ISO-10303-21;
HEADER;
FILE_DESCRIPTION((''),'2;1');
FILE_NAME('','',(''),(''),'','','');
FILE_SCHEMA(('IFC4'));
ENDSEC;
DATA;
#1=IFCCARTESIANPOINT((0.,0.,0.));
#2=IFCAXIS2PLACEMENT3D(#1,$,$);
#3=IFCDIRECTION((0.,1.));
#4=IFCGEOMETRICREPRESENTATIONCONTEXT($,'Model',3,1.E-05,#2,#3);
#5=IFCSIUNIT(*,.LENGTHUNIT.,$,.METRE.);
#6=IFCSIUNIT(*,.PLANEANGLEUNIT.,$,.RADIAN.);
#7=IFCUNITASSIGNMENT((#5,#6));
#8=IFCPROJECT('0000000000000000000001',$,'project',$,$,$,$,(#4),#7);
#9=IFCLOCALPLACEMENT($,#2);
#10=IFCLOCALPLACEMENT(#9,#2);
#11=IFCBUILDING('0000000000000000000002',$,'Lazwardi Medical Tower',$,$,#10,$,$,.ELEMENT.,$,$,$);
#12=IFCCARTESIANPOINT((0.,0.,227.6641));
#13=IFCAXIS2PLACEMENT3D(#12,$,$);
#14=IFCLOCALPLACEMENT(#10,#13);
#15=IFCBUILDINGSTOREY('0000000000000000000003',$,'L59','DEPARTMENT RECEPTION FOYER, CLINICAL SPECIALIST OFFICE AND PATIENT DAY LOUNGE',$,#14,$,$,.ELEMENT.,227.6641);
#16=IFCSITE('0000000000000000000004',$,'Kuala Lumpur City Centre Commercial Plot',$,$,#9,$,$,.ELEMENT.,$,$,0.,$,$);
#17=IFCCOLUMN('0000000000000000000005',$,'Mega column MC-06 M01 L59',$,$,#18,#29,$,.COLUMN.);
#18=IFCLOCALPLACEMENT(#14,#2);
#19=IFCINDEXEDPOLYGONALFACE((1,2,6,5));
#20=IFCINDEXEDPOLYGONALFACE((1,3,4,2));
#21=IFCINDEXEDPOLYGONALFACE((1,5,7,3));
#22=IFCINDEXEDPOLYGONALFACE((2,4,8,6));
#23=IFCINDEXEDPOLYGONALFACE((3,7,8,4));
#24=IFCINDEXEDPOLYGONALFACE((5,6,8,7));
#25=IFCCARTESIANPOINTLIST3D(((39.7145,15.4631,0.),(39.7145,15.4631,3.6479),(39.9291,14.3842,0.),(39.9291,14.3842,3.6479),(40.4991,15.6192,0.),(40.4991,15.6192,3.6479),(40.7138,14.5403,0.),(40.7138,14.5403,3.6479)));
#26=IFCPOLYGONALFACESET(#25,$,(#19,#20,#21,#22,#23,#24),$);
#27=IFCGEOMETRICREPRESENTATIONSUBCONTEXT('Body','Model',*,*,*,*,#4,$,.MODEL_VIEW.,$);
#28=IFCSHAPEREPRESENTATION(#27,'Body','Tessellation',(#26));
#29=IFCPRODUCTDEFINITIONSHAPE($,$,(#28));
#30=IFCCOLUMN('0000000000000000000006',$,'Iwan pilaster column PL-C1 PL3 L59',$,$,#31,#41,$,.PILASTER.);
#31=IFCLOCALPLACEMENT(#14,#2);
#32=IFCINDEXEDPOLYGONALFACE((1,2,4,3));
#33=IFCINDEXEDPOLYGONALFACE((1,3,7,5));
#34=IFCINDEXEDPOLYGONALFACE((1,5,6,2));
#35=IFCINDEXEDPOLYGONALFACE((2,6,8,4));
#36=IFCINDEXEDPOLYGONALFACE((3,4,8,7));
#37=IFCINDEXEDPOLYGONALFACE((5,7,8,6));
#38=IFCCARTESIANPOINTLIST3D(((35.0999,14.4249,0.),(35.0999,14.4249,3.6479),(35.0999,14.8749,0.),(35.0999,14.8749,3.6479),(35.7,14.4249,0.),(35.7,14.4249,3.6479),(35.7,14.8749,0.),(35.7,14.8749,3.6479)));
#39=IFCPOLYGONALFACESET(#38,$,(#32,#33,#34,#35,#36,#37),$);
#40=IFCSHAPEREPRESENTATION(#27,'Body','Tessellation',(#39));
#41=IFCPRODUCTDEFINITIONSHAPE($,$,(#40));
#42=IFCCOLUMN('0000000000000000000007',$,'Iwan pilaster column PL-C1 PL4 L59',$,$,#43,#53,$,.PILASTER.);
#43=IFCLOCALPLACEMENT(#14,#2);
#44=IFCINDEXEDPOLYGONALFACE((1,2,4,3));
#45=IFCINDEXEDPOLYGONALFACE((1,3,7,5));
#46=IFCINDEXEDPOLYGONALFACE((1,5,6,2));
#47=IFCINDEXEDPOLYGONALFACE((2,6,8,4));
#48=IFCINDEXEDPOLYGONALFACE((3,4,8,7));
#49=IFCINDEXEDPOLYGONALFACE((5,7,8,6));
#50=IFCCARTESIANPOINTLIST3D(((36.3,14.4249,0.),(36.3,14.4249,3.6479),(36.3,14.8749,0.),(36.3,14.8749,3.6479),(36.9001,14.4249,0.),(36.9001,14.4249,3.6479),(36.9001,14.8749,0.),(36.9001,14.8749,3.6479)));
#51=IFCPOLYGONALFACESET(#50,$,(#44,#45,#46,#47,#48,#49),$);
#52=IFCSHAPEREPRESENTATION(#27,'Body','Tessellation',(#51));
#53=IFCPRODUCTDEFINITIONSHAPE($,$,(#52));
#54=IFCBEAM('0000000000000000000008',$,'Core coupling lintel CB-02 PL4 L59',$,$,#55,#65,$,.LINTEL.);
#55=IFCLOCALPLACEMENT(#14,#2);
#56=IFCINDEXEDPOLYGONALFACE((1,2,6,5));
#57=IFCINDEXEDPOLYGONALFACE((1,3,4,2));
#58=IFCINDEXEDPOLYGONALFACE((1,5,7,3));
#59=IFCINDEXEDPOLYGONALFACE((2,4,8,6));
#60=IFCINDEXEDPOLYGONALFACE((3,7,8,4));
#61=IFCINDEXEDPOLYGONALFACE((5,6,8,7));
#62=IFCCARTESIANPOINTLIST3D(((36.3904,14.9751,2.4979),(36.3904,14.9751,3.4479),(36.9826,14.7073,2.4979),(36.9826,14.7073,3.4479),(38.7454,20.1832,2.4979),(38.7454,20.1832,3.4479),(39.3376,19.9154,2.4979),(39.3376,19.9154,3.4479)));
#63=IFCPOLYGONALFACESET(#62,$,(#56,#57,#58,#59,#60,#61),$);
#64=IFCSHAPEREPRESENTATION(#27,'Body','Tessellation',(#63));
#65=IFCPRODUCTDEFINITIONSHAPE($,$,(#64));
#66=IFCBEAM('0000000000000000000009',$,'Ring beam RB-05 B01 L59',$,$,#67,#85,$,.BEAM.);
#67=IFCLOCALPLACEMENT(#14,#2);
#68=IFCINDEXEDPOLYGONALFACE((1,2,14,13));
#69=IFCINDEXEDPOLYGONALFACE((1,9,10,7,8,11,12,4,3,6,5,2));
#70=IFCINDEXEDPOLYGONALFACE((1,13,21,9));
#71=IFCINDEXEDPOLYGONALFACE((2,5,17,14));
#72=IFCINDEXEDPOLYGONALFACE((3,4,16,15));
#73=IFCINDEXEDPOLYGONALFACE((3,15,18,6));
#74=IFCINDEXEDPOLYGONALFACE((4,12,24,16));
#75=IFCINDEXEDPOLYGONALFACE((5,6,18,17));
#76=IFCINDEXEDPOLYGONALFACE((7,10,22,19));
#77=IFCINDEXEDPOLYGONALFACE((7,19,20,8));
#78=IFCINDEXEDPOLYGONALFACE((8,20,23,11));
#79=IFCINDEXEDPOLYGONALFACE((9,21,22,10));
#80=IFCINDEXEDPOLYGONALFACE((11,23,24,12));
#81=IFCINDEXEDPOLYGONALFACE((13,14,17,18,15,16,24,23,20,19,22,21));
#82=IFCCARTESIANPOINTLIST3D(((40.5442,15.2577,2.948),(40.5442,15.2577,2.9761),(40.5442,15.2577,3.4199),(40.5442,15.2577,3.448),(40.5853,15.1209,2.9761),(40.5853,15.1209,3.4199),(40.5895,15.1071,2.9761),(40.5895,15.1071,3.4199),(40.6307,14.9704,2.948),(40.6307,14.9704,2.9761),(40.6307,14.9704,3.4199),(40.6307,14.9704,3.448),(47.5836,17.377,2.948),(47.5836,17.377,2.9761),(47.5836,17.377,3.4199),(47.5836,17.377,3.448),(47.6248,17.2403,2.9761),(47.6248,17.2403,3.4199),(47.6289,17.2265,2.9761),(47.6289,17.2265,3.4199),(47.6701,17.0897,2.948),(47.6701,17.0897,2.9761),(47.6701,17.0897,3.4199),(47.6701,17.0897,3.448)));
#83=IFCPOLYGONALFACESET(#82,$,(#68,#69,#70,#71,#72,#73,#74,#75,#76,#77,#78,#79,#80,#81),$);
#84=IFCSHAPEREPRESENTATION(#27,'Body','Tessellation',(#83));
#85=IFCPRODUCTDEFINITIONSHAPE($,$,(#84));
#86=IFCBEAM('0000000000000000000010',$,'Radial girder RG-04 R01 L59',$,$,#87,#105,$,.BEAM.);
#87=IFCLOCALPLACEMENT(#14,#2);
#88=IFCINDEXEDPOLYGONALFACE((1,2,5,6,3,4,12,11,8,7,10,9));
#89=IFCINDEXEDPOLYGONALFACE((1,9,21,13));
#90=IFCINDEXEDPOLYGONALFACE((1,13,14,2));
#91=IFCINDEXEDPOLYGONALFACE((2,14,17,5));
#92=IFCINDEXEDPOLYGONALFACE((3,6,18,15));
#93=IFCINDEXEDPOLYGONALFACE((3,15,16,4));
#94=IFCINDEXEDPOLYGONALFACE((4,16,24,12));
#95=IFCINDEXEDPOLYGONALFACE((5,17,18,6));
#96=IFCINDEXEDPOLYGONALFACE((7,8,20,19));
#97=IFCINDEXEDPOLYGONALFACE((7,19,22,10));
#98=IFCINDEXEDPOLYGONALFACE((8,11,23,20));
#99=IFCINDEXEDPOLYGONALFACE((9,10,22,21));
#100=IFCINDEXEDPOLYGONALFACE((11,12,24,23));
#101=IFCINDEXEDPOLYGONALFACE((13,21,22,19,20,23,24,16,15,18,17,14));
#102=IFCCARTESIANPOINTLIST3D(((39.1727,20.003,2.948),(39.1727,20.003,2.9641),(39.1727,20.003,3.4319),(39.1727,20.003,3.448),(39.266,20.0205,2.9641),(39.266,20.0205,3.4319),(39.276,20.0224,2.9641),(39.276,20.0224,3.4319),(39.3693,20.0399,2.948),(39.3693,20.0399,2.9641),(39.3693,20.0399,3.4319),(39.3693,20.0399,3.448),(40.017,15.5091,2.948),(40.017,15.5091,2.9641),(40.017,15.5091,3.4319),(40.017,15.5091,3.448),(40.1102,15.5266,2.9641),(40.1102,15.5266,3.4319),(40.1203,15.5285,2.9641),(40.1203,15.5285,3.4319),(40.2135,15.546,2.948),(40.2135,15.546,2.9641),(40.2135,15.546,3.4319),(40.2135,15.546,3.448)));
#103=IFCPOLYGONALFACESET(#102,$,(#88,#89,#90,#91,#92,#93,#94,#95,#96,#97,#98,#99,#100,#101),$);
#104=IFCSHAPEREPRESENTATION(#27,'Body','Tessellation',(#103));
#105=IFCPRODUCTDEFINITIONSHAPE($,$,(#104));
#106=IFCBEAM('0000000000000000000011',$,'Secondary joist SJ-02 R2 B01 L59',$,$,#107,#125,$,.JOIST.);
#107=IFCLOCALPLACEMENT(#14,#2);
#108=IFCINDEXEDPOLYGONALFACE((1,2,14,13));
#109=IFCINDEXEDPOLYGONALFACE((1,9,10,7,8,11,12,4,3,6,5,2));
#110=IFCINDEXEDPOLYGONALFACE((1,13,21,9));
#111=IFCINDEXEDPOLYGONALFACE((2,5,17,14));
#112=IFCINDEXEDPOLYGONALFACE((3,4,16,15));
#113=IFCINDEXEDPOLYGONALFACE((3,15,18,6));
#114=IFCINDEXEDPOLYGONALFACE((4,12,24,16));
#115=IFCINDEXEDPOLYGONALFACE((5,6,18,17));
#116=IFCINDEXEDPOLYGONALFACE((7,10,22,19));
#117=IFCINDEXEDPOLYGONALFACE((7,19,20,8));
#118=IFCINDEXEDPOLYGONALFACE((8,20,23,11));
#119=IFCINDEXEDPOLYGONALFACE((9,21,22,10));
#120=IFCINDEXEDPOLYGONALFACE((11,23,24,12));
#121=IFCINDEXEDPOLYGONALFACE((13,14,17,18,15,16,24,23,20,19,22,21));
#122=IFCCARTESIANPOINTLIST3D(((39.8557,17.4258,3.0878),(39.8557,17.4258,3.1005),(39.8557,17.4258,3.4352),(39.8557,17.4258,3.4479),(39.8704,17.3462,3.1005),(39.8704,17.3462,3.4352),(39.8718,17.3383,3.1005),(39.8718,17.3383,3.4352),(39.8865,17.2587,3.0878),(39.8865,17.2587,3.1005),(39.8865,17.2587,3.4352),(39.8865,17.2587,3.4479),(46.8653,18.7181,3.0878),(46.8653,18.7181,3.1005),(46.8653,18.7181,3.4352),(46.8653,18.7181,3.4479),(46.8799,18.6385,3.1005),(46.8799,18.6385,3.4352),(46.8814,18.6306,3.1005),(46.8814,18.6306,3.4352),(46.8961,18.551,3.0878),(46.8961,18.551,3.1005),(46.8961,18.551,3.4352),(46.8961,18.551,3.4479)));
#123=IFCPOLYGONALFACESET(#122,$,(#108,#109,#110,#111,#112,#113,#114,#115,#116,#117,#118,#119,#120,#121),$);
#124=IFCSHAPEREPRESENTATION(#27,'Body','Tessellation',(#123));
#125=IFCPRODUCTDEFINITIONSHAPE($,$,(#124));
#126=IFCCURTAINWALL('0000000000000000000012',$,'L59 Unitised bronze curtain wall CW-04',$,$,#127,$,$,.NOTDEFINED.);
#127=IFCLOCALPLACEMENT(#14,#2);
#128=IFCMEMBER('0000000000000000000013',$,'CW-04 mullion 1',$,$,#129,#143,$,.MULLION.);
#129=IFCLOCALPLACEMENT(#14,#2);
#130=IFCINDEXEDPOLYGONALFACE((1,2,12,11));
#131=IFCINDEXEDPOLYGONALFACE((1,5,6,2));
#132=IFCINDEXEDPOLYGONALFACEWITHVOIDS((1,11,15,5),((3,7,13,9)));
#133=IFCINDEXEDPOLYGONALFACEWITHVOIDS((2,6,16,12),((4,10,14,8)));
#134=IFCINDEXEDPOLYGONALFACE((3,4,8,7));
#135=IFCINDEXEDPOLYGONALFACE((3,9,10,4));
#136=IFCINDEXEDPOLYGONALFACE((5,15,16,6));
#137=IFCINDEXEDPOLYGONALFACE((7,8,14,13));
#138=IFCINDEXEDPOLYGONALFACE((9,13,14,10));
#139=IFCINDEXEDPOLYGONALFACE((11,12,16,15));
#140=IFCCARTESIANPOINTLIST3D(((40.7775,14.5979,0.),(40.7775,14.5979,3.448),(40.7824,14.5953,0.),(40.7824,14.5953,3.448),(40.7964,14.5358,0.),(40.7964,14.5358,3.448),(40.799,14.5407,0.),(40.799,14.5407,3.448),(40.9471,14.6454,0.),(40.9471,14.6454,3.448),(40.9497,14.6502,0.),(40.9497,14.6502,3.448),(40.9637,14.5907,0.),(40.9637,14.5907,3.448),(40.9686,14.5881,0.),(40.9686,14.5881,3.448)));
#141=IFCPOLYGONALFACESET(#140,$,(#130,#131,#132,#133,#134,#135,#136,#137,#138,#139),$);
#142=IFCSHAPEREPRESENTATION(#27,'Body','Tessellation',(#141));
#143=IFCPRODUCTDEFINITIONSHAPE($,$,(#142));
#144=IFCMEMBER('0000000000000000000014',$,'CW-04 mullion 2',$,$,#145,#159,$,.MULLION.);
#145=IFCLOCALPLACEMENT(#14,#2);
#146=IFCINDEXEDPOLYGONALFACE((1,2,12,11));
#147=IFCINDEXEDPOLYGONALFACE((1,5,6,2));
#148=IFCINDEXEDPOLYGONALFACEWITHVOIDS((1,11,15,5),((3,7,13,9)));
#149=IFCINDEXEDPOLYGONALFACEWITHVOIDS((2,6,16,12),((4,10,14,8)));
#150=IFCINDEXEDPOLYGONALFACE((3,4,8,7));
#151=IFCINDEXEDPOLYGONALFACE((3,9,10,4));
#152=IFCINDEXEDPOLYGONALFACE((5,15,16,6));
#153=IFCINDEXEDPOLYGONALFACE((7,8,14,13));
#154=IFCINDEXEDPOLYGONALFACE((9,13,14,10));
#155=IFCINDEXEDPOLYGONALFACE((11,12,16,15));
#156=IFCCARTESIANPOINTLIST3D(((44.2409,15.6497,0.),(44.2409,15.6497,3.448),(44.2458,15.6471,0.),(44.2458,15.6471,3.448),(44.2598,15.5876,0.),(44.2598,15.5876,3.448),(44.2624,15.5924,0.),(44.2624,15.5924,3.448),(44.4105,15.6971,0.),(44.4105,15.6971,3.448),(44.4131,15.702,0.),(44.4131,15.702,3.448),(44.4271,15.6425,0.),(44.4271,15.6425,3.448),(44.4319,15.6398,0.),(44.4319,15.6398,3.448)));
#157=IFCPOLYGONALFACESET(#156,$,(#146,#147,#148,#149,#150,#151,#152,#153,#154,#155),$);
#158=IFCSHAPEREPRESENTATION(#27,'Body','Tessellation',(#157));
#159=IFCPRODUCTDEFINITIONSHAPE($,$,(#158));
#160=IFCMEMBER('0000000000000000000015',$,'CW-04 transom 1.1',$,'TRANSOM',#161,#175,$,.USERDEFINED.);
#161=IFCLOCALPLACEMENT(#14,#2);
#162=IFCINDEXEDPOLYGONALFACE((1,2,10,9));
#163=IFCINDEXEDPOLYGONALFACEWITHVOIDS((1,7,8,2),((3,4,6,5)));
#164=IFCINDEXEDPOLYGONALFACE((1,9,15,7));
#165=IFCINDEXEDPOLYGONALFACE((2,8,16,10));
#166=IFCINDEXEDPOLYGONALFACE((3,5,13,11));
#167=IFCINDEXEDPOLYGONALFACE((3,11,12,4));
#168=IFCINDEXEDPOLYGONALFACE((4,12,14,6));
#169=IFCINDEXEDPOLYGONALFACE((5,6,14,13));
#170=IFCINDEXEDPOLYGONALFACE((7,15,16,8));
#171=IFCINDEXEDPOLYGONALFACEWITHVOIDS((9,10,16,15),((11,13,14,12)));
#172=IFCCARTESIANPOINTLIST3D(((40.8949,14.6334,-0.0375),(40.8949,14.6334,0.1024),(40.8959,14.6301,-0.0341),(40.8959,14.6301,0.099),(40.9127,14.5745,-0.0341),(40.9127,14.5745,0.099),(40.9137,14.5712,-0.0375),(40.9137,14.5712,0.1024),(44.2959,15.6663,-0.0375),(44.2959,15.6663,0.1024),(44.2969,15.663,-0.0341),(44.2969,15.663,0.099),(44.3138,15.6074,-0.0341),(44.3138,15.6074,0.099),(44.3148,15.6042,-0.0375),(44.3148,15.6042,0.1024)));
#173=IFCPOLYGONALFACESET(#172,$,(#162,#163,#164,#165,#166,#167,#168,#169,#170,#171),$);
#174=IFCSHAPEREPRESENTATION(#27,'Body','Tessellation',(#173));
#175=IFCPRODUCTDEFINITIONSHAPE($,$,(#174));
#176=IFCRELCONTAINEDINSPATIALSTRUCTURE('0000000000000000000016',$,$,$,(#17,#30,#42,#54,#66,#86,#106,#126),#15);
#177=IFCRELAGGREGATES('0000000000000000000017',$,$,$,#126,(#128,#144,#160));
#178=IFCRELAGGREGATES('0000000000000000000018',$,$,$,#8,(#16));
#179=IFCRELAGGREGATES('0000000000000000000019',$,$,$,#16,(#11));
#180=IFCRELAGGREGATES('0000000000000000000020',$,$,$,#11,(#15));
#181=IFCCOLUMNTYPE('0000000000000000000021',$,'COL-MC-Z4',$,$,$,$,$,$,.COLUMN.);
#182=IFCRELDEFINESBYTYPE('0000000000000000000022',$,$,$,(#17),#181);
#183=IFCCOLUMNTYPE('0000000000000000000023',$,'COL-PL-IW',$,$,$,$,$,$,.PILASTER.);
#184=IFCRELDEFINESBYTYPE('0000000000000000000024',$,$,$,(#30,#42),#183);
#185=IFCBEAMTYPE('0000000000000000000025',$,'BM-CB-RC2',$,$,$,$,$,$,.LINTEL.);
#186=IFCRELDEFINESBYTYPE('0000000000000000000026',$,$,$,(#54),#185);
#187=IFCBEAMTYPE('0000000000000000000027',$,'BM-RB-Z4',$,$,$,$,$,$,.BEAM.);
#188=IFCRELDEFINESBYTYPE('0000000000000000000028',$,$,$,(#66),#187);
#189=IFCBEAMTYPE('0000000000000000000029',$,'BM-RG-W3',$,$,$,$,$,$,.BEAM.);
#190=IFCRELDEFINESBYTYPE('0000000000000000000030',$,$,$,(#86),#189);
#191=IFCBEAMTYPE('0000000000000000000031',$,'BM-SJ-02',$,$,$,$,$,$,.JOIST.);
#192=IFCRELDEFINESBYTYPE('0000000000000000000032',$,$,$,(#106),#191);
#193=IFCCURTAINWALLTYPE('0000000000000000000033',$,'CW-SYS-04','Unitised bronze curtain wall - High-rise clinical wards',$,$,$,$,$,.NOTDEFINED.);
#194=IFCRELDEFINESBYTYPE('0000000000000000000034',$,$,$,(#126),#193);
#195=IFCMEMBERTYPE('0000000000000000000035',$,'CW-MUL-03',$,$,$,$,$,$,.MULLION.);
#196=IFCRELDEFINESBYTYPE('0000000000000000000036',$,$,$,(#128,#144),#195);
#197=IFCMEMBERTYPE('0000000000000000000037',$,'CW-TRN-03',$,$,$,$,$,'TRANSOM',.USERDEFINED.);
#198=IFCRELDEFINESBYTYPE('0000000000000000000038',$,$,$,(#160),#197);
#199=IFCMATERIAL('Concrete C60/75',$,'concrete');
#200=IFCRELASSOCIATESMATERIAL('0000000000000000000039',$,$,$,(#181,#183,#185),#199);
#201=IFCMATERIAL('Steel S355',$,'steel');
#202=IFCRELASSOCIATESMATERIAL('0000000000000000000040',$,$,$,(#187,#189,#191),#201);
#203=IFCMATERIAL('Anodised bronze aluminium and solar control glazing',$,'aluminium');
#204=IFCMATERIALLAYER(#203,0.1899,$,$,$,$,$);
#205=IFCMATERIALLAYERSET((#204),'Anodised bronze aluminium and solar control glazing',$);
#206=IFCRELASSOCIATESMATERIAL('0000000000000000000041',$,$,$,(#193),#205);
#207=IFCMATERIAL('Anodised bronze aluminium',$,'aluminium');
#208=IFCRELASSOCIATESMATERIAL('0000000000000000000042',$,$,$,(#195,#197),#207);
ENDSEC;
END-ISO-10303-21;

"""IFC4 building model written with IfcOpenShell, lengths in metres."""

from ifc_helpers import new_model, si_unit, direction, frame, origin, origin_2d, place, context, subcontext, project, spatial, rectangle, hollow_rectangle, i_section, extrude, material, layer, layer_set, material_profile, profile_set, type_object, element, aggregate, save


model = new_model("IFC4")

# Units and contexts
model_context = context("Model", 3, precision=1e-05, world=origin(), true_north=direction((0.0, 1.0)))
body_context = subcontext(model_context, "Body", "Model", "MODEL_VIEW")
ifc_project = project(units=[si_unit("LENGTHUNIT", "METRE"), si_unit("PLANEANGLEUNIT", "RADIAN")], contexts=[model_context])

# Site, building, storey
site_placement = place(None, origin())
site = spatial("IfcSite", under=ifc_project, at=site_placement, Name="Kuala Lumpur City Centre Commercial Plot", CompositionType="ELEMENT", RefElevation=0.0)
building_placement = place(site_placement, origin())
building = spatial("IfcBuilding", under=site, at=building_placement, Name="Lazwardi Medical Tower", CompositionType="ELEMENT")
storey_placement = place(building_placement, frame((0.0, 0.0, 227.6641)))
storey = spatial("IfcBuildingStorey", under=building, at=storey_placement, Name="L59", Description="DEPARTMENT RECEPTION FOYER, CLINICAL SPECIALIST OFFICE AND PATIENT DAY LOUNGE", CompositionType="ELEMENT", Elevation=227.6641)

# Columns
ifc_material_1 = material(Name="Concrete C60/75", Category="concrete")
ifc_material_profile_1 = material_profile(ifc_material_1, rectangle(XDim=1.1001, YDim=0.8, at=origin_2d()), Name="CFT-RECT 1100x800")
ifc_profile_set_1 = profile_set([ifc_material_profile_1], Name="Concrete C60/75")
column_type_1 = type_object("IfcColumnType", Name="COL-MC-Z4", PredefinedType="COLUMN", material=ifc_profile_set_1)
column_placement = place(storey_placement, frame((40.2141, 15.0017, 0.0), z_axis=(0.0, 0.0, 1.0), x_axis=(0.19509, -0.980785, 0.0)))
element("IfcColumn", 1, at=column_placement, inside=storey, type_object=column_type_1, Name="Mega column MC-06 M01 L59", PredefinedType="COLUMN", context=body_context, shape_type="SweptSolid", body=[
    extrude(rectangle(XDim=1.1001, YDim=0.8, at=origin_2d()), origin(), (0.0, 0.0, 1.0), 3.6479),
])
ifc_material_profile_2 = material_profile(ifc_material_1, rectangle(XDim=0.6001, YDim=0.45, at=origin_2d()), Name="RC 600x450")
ifc_profile_set_2 = profile_set([ifc_material_profile_2], Name="Concrete C60/75")
column_type_2 = type_object("IfcColumnType", Name="COL-PL-IW", PredefinedType="PILASTER", material=ifc_profile_set_2)
for number, where, z_axis, x_axis, name in (
    (2, (35.3999, 14.6499, 0.0), (0.0, 0.0, 1.0), (1.0, 0.0, 0.0), "Iwan pilaster column PL-C1 PL3 L59"),
    (3, (36.6001, 14.6499, 0.0), (0.0, 0.0, 1.0), (1.0, 0.0, 0.0), "Iwan pilaster column PL-C1 PL4 L59"),
):
    element("IfcColumn", number, at=place(storey_placement, frame(where, z_axis=z_axis, x_axis=x_axis)), inside=storey, type_object=column_type_2, Name=name, PredefinedType="PILASTER", context=body_context, shape_type="SweptSolid", body=[
        extrude(rectangle(XDim=0.6001, YDim=0.45, at=origin_2d()), origin(), (0.0, 0.0, 1.0), 3.6479),
    ])

# Beams
ifc_material_profile_3 = material_profile(ifc_material_1, rectangle(XDim=0.6499, YDim=0.95, at=origin_2d()), Name="RC 650x950")
ifc_profile_set_3 = profile_set([ifc_material_profile_3], Name="Concrete C60/75")
beam_type_1 = type_object("IfcBeamType", Name="BM-CB-RC2", PredefinedType="LINTEL", material=ifc_profile_set_3)
beam_1_placement = place(storey_placement, frame((39.0415, 20.0493, 2.9729), z_axis=(-0.412019, -0.911175, 0.0), x_axis=(0.911175, -0.412019, 0.0)))
element("IfcBeam", 4, at=beam_1_placement, inside=storey, type_object=beam_type_1, Name="Core coupling lintel CB-02 PL4 L59", PredefinedType="LINTEL", context=body_context, shape_type="SweptSolid", body=[
    extrude(rectangle(XDim=0.6499, YDim=0.95, at=origin_2d()), origin(), (0.0, 0.0, 1.0), 5.7158),
])
ifc_material_2 = material(Name="Steel S355", Category="steel")
ifc_material_profile_4 = material_profile(ifc_material_2, i_section(OverallWidth=0.3, OverallDepth=0.5, WebThickness=0.0144, FlangeThickness=0.0281, at=origin_2d()), Name="HEB 500")
ifc_profile_set_4 = profile_set([ifc_material_profile_4], Name="Steel S355")
beam_type_2 = type_object("IfcBeamType", Name="BM-RB-Z4", PredefinedType="BEAM", material=ifc_profile_set_4)
beam_2_placement = place(storey_placement, frame((40.5874, 15.114, 3.198), z_axis=(0.957544, 0.288286, 0.0), x_axis=(-0.288286, 0.957544, 0.0)))
element("IfcBeam", 5, at=beam_2_placement, inside=storey, type_object=beam_type_2, Name="Ring beam RB-05 B01 L59", PredefinedType="BEAM", context=body_context, shape_type="SweptSolid", body=[
    extrude(i_section(OverallWidth=0.3, OverallDepth=0.5, WebThickness=0.0144, FlangeThickness=0.0281, at=origin_2d()), origin(), (0.0, 0.0, 1.0), 7.3516),
])
ifc_material_profile_5 = material_profile(ifc_material_2, i_section(OverallWidth=0.2, OverallDepth=0.5, WebThickness=0.0103, FlangeThickness=0.0161, at=origin_2d()), Name="IPE 500")
ifc_profile_set_5 = profile_set([ifc_material_profile_5], Name="Steel S355")
beam_type_3 = type_object("IfcBeamType", Name="BM-RG-W3", PredefinedType="BEAM", material=ifc_profile_set_5)
beam_3_placement = place(storey_placement, frame((40.1152, 15.5276, 3.198), z_axis=(-0.184633, 0.982807, 0.0), x_axis=(-0.982807, -0.184633, 0.0)))
element("IfcBeam", 6, at=beam_3_placement, inside=storey, type_object=beam_type_3, Name="Radial girder RG-04 R01 L59", PredefinedType="BEAM", context=body_context, shape_type="SweptSolid", body=[
    extrude(i_section(OverallWidth=0.2, OverallDepth=0.5, WebThickness=0.0103, FlangeThickness=0.0161, at=origin_2d()), origin(), (0.0, 0.0, 1.0), 4.5725),
])
ifc_material_profile_6 = material_profile(ifc_material_2, i_section(OverallWidth=0.1699, OverallDepth=0.3601, WebThickness=0.0081, FlangeThickness=0.0127, at=origin_2d()), Name="IPE 360")
ifc_profile_set_6 = profile_set([ifc_material_profile_6], Name="Steel S355")
beam_type_4 = type_object("IfcBeamType", Name="BM-SJ-02", PredefinedType="JOIST", material=ifc_profile_set_6)
beam_4_placement = place(storey_placement, frame((39.8711, 17.3423, 3.2678), z_axis=(0.983428, 0.181299, 0.0), x_axis=(-0.181299, 0.983428, 0.0)))
element("IfcBeam", 7, at=beam_4_placement, inside=storey, type_object=beam_type_4, Name="Secondary joist SJ-02 R2 B01 L59", PredefinedType="JOIST", context=body_context, shape_type="SweptSolid", body=[
    extrude(i_section(OverallWidth=0.1699, OverallDepth=0.3601, WebThickness=0.0081, FlangeThickness=0.0127, at=origin_2d()), origin(), (0.0, 0.0, 1.0), 7.1277),
])

# Curtain wall, members
ifc_material_3 = material(Name="Anodised bronze aluminium and solar control glazing", Category="aluminium")
ifc_layer_1 = layer(ifc_material_3, 0.1899)
ifc_layer_set_1 = layer_set([ifc_layer_1], Name="Anodised bronze aluminium and solar control glazing")
curtain_wall_type = type_object("IfcCurtainWallType", Name="CW-SYS-04", Description="Unitised bronze curtain wall - High-rise clinical wards", PredefinedType="NOTDEFINED", material=ifc_layer_set_1)
curtain_wall_placement = place(storey_placement, origin())
curtain_wall = element("IfcCurtainWall", 8, at=curtain_wall_placement, inside=storey, type_object=curtain_wall_type, Name="L59 Unitised bronze curtain wall CW-04", PredefinedType="NOTDEFINED")
ifc_material_4 = material(Name="Anodised bronze aluminium", Category="aluminium")
ifc_material_profile_7 = material_profile(ifc_material_4, hollow_rectangle(XDim=0.0649, YDim=0.1799, WallThickness=0.0039, at=origin_2d()), Name="ALU-MULLION 180x65x4")
ifc_profile_set_7 = profile_set([ifc_material_profile_7], Name="Anodised bronze aluminium")
member_type_1 = type_object("IfcMemberType", Name="CW-MUL-03", PredefinedType="MULLION", material=ifc_profile_set_7)
member_1_placement = place(storey_placement, frame((40.873, 14.593, 0.0), z_axis=(0.0, 0.0, 1.0), x_axis=(-0.290582, 0.95685, 0.0)))
member_1 = element("IfcMember", 9, at=member_1_placement, type_object=member_type_1, Name="CW-04 mullion 1", PredefinedType="MULLION", context=body_context, shape_type="SweptSolid", body=[
    extrude(hollow_rectangle(XDim=0.0649, YDim=0.1799, WallThickness=0.0039, at=origin_2d()), origin(), (0.0, 0.0, 1.0), 3.448),
])
member_2_placement = place(storey_placement, frame((44.3364, 15.6448, 0.0), z_axis=(0.0, 0.0, 1.0), x_axis=(-0.290582, 0.95685, 0.0)))
member_2 = element("IfcMember", 10, at=member_2_placement, type_object=member_type_1, Name="CW-04 mullion 2", PredefinedType="MULLION", context=body_context, shape_type="SweptSolid", body=[
    extrude(hollow_rectangle(XDim=0.0649, YDim=0.1799, WallThickness=0.0039, at=origin_2d()), origin(), (0.0, 0.0, 1.0), 3.448),
])
ifc_material_profile_8 = material_profile(ifc_material_4, hollow_rectangle(XDim=0.0649, YDim=0.1399, WallThickness=0.0034, at=origin_2d()), Name="ALU-TRANSOM 140x65x3.5")
ifc_profile_set_8 = profile_set([ifc_material_profile_8], Name="Anodised bronze aluminium")
member_type_2 = type_object("IfcMemberType", Name="CW-TRN-03", ElementType="TRANSOM", PredefinedType="USERDEFINED", material=ifc_profile_set_8)
member_3_placement = place(storey_placement, frame((40.9043, 14.6023, 0.0325), z_axis=(0.956843, 0.290604, 0.0), x_axis=(-0.290604, 0.956843, 0.0)))
member_3 = element("IfcMember", 11, at=member_3_placement, type_object=member_type_2, Name="CW-04 transom 1.1", ObjectType="TRANSOM", PredefinedType="USERDEFINED", context=body_context, shape_type="SweptSolid", body=[
    extrude(hollow_rectangle(XDim=0.0649, YDim=0.1399, WallThickness=0.0034, at=origin_2d()), origin(), (0.0, 0.0, 1.0), 3.5544),
])
aggregate(curtain_wall, [member_1, member_2, member_3])

save(model, "model.ifc")
